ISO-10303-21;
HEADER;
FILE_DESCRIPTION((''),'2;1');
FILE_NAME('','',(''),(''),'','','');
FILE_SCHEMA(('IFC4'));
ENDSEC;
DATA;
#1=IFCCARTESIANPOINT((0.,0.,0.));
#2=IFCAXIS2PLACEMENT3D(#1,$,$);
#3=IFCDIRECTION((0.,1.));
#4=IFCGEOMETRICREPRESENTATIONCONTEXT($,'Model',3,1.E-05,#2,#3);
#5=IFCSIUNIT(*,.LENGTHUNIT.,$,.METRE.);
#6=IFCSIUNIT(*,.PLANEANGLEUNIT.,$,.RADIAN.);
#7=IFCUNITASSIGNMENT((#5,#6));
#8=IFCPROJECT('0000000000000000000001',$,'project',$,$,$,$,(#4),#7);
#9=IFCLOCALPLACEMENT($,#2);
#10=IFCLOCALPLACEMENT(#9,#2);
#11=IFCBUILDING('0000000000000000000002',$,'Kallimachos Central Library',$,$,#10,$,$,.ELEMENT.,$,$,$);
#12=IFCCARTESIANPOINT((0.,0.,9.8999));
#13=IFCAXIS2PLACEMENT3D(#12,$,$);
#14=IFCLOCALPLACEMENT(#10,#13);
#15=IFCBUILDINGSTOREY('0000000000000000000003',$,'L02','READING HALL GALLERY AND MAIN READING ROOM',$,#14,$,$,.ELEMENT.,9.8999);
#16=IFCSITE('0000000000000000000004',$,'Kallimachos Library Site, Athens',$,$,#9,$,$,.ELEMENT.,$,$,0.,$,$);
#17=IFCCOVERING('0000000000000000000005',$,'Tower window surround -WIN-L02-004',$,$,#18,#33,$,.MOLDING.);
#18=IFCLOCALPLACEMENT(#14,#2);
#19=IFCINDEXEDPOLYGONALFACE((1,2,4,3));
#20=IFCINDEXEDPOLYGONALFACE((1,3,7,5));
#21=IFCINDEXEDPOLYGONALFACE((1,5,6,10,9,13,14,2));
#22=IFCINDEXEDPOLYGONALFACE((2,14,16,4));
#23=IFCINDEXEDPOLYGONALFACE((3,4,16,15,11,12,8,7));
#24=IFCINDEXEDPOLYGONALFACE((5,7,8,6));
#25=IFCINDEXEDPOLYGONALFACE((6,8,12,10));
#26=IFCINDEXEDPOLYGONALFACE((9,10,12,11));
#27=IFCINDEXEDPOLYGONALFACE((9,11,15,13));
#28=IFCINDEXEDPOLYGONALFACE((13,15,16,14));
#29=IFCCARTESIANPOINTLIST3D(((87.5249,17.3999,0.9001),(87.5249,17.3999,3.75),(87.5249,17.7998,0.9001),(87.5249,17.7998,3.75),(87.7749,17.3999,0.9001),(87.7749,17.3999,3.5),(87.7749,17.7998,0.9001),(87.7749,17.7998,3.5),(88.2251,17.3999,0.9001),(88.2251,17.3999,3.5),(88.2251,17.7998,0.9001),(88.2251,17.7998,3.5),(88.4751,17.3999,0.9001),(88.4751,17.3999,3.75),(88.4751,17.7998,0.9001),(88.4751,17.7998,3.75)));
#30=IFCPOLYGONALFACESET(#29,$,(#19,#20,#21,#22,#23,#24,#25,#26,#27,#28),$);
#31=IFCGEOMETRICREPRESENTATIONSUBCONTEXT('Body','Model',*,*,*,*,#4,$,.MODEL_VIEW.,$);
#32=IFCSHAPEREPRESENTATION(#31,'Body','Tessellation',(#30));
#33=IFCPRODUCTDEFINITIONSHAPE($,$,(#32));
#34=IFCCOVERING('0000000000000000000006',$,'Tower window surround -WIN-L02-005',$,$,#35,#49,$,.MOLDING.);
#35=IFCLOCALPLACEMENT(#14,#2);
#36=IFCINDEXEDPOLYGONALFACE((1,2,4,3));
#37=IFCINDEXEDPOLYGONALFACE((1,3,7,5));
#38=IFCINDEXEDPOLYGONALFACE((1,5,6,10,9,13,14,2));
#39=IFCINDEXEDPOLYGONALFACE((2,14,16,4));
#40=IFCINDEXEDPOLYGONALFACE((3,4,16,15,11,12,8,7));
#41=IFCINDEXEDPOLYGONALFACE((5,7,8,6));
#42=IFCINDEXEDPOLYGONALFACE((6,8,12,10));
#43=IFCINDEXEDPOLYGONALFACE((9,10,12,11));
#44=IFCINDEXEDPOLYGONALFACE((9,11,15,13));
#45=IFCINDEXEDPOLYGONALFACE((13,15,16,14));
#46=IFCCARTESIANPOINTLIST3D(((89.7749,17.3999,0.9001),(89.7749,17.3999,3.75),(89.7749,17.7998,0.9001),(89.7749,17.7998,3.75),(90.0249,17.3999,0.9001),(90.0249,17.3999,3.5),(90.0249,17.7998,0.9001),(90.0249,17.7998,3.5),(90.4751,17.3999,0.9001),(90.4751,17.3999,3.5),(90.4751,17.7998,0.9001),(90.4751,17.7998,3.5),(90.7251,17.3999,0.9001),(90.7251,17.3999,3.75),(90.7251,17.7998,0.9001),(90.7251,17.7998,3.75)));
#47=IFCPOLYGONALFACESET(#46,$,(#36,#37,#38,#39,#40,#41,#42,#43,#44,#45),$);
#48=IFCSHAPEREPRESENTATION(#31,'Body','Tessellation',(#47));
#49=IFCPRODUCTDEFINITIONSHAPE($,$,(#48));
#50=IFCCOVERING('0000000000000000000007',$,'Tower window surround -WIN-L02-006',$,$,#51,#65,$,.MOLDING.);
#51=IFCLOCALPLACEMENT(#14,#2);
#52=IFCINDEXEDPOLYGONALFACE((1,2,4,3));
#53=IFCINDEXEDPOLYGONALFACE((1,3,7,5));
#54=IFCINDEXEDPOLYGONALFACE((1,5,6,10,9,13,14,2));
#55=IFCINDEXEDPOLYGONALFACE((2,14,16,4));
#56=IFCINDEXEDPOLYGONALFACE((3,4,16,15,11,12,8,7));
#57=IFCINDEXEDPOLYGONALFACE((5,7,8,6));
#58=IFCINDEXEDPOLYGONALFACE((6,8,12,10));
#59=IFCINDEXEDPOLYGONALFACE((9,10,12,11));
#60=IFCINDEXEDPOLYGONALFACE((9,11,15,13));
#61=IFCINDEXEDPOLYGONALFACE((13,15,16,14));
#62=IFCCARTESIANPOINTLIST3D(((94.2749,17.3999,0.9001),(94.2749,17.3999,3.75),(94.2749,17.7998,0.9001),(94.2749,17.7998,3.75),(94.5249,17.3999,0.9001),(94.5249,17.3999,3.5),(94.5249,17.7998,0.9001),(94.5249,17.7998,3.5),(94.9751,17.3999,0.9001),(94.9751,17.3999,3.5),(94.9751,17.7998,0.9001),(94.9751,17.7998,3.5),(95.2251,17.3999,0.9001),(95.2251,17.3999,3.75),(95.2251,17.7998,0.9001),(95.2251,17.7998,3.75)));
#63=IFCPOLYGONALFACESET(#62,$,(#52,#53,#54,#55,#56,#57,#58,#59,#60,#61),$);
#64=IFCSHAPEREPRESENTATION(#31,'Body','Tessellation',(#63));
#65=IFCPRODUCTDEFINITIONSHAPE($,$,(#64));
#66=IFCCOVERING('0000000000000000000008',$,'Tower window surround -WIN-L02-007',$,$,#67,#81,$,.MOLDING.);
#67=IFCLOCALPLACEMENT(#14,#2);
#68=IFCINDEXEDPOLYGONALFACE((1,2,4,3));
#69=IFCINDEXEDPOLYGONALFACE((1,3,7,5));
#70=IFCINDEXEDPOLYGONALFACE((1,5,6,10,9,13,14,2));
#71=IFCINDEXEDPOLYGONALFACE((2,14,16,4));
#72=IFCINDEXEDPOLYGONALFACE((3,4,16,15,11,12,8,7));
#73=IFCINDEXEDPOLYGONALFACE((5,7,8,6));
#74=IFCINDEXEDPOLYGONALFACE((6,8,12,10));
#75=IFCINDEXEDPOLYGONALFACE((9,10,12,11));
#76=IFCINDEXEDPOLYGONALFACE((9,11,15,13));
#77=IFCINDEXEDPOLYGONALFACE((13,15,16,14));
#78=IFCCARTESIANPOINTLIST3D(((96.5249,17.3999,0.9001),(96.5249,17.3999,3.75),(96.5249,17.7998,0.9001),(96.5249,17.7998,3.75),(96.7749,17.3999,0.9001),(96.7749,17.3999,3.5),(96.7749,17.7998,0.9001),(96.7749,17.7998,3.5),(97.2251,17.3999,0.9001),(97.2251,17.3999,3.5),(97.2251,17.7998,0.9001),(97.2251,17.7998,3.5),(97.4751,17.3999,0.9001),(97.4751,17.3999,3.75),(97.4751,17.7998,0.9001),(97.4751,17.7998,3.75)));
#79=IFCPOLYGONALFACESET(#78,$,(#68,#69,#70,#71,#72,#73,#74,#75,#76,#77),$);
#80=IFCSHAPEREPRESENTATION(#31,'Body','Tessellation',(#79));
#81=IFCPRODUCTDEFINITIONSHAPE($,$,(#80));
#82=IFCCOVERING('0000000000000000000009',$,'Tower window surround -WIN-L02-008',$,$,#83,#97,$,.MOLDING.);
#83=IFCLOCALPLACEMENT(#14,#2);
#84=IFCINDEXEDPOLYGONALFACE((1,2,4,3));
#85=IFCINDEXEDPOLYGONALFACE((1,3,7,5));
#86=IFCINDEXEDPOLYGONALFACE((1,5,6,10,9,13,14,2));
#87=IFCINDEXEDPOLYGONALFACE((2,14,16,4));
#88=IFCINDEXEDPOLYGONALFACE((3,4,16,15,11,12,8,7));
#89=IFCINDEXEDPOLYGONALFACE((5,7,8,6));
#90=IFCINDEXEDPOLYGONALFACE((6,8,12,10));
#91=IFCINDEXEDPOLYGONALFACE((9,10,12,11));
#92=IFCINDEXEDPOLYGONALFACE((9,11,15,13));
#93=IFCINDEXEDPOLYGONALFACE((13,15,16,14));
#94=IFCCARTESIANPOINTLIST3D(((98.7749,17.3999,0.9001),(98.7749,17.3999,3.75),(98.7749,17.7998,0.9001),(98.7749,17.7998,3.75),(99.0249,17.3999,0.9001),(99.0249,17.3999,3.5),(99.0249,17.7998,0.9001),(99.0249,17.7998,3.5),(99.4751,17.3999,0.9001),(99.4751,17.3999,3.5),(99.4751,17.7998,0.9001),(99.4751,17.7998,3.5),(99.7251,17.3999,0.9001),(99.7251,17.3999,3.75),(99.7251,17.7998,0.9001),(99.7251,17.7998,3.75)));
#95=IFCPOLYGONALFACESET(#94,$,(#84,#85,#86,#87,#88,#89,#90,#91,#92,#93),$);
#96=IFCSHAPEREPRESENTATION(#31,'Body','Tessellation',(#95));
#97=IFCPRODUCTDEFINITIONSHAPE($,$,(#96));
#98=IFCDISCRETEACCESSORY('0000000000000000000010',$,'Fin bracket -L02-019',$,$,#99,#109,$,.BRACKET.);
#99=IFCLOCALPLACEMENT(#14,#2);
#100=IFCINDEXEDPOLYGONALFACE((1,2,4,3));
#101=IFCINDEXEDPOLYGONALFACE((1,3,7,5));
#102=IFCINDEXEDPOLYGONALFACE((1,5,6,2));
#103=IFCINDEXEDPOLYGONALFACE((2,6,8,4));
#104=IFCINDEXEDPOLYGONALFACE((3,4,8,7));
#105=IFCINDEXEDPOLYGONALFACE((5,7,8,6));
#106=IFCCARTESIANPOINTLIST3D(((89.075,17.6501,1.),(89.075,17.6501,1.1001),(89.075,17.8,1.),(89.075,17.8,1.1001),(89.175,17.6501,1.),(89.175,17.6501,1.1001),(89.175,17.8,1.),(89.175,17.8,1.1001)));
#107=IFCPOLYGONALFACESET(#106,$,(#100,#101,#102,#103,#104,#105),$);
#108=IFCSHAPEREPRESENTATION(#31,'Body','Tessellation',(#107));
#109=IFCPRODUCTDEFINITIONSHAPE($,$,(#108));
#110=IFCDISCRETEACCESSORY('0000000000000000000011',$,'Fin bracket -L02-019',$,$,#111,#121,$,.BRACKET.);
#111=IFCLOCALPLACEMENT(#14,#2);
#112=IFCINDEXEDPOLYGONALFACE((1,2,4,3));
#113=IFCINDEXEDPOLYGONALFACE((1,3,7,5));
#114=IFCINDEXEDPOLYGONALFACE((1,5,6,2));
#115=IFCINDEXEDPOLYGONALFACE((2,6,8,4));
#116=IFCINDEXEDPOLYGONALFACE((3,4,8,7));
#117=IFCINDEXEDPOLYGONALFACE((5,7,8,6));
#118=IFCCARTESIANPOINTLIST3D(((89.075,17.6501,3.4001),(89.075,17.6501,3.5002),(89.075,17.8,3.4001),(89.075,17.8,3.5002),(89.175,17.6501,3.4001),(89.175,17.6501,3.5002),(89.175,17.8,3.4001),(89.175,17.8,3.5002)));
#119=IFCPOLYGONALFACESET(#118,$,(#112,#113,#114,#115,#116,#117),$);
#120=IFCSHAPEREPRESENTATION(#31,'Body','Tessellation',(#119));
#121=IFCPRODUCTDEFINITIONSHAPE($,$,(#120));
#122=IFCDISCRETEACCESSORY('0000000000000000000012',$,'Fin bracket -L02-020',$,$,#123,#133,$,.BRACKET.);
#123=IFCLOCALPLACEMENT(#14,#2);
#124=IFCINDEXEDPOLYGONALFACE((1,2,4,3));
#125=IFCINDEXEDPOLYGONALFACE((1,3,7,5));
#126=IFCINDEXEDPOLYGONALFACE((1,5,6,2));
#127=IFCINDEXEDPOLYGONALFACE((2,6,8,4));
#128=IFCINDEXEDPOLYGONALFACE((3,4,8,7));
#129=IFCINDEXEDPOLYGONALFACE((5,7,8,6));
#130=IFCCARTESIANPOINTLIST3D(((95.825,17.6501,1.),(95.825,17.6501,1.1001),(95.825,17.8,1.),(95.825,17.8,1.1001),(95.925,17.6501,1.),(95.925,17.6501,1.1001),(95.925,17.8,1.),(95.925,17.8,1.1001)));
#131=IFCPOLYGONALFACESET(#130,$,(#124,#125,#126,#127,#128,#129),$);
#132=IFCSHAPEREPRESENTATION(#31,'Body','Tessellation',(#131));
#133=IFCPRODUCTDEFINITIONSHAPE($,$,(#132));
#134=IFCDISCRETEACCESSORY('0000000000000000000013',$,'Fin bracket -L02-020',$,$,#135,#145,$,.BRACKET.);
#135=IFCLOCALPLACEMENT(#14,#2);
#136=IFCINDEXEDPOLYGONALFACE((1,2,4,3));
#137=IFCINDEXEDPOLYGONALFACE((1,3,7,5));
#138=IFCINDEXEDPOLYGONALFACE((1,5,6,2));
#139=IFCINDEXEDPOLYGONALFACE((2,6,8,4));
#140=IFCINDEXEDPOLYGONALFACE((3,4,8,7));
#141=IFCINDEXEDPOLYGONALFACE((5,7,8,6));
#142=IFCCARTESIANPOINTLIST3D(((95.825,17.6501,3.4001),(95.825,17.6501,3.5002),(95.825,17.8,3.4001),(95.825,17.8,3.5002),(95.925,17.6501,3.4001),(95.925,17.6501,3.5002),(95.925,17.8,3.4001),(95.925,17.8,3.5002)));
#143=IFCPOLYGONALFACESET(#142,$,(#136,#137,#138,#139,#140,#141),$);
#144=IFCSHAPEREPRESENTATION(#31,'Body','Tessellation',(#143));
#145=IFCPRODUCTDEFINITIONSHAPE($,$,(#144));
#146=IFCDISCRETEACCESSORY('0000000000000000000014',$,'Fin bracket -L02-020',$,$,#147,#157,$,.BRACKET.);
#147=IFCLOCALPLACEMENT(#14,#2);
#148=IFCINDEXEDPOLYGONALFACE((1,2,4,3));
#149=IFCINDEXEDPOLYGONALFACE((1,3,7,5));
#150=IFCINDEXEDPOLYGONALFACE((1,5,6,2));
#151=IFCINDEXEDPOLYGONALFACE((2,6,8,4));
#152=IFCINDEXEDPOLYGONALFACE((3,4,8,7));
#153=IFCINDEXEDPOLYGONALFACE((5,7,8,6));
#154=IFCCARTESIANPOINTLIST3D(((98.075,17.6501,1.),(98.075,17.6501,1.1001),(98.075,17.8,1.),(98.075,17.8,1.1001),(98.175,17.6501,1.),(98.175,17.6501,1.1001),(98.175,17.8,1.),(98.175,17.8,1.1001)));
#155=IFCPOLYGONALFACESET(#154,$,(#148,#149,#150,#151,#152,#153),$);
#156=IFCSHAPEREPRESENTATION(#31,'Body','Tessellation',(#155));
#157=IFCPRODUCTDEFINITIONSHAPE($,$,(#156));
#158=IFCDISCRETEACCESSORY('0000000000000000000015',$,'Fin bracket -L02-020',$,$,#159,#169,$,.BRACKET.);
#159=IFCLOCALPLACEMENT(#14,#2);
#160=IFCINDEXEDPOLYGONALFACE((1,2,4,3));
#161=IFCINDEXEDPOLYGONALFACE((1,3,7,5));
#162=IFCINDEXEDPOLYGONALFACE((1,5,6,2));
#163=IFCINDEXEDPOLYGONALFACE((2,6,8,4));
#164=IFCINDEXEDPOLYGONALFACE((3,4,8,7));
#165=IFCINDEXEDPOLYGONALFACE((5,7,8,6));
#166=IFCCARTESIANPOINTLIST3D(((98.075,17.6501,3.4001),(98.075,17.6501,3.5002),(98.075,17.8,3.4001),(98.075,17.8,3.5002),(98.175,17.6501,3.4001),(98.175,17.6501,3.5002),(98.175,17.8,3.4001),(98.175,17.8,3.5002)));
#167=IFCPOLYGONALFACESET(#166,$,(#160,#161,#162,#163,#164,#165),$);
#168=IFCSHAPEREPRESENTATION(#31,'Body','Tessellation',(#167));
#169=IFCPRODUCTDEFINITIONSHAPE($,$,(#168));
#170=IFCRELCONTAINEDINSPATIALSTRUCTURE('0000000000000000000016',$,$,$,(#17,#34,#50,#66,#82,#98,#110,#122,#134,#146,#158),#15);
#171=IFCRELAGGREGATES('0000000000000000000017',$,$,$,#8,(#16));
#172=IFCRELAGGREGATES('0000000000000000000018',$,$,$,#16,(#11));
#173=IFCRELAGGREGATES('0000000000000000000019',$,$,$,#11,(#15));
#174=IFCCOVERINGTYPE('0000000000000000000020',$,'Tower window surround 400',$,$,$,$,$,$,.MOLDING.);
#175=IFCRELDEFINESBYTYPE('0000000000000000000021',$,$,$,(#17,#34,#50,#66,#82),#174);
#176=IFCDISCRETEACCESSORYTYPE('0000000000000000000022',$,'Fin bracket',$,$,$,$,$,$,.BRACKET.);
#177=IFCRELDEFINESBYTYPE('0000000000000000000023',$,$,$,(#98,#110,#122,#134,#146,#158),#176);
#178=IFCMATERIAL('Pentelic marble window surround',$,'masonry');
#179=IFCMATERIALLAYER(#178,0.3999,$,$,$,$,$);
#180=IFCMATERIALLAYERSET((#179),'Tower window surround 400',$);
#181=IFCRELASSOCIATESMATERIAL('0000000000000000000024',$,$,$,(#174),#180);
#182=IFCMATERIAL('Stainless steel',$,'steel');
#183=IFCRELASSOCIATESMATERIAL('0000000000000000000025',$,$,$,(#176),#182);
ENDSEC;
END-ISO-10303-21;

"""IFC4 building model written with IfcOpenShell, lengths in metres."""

from ifc_helpers import new_model, si_unit, direction, frame, origin, origin_2d, place, context, subcontext, project, spatial, polyline, rectangle, outline, extrude, material, layer, layer_set, type_object, element, save


model = new_model("IFC4")

# Units and contexts
model_context = context("Model", 3, precision=1e-05, world=origin(), true_north=direction((0.0, 1.0)))
body_context = subcontext(model_context, "Body", "Model", "MODEL_VIEW")
ifc_project = project(units=[si_unit("LENGTHUNIT", "METRE"), si_unit("PLANEANGLEUNIT", "RADIAN")], contexts=[model_context])

# Site, building, storey
site_placement = place(None, origin())
site = spatial("IfcSite", under=ifc_project, at=site_placement, Name="Kallimachos Library Site, Athens", CompositionType="ELEMENT", RefElevation=0.0)
building_placement = place(site_placement, origin())
building = spatial("IfcBuilding", under=site, at=building_placement, Name="Kallimachos Central Library", CompositionType="ELEMENT")
storey_placement = place(building_placement, frame((0.0, 0.0, 9.8999)))
storey = spatial("IfcBuildingStorey", under=building, at=storey_placement, Name="L02", Description="READING HALL GALLERY AND MAIN READING ROOM", CompositionType="ELEMENT", Elevation=9.8999)

# Coverings
ifc_material_1 = material(Name="Pentelic marble window surround", Category="masonry")
ifc_layer_1 = layer(ifc_material_1, 0.3999)
ifc_layer_set_1 = layer_set([ifc_layer_1], Name="Tower window surround 400")
covering_type_1 = type_object("IfcCoveringType", Name="Tower window surround 400", PredefinedType="MOLDING", material=ifc_layer_set_1)
for number, where, z_axis, x_axis, name in (
    (1, (87.7749, 17.3999, 0.9001), (0.0, -1.0, 0.0), (0.0, 0.0, 1.0), "Tower window surround -WIN-L02-004"),
    (2, (90.0249, 17.3999, 0.9001), (0.0, -1.0, 0.0), (0.0, 0.0, 1.0), "Tower window surround -WIN-L02-005"),
    (3, (94.5249, 17.3999, 0.9001), (0.0, -1.0, 0.0), (0.0, 0.0, 1.0), "Tower window surround -WIN-L02-006"),
    (4, (96.7749, 17.3999, 0.9001), (0.0, -1.0, 0.0), (0.0, 0.0, 1.0), "Tower window surround -WIN-L02-007"),
    (5, (99.0249, 17.3999, 0.9001), (0.0, -1.0, 0.0), (0.0, 0.0, 1.0), "Tower window surround -WIN-L02-008"),
):
    element("IfcCovering", number, at=place(storey_placement, frame(where, z_axis=z_axis, x_axis=x_axis)), inside=storey, type_object=covering_type_1, Name=name, PredefinedType="MOLDING", context=body_context, shape_type="SweptSolid", body=[
        extrude(outline(polyline([(0.0, 0.0), (2.5999, 0.0), (2.5999, -0.4502), (0.0, -0.4502), (0.0, -0.7002), (2.8499, -0.7002), (2.8499, 0.25), (0.0, 0.25), (0.0, 0.0)])), origin(), (0.0, 0.0, -1.0), 0.3999),
    ])

# Discrete accessories
ifc_material_2 = material(Name="Stainless steel", Category="steel")
discrete_accessory_type = type_object("IfcDiscreteAccessoryType", Name="Fin bracket", PredefinedType="BRACKET", material=ifc_material_2)
for number, where, z_axis, x_axis, name in (
    (6, (89.125, 17.7251, 1.0), (0.0, 0.0, 1.0), (1.0, 0.0, 0.0), "Fin bracket -L02-019"),
    (7, (89.125, 17.7251, 3.4001), (0.0, 0.0, 1.0), (1.0, 0.0, 0.0), "Fin bracket -L02-019"),
    (8, (95.875, 17.7251, 1.0), (0.0, 0.0, 1.0), (1.0, 0.0, 0.0), "Fin bracket -L02-020"),
    (9, (95.875, 17.7251, 3.4001), (0.0, 0.0, 1.0), (1.0, 0.0, 0.0), "Fin bracket -L02-020"),
    (10, (98.125, 17.7251, 1.0), (0.0, 0.0, 1.0), (1.0, 0.0, 0.0), "Fin bracket -L02-020"),
    (11, (98.125, 17.7251, 3.4001), (0.0, 0.0, 1.0), (1.0, 0.0, 0.0), "Fin bracket -L02-020"),
):
    element("IfcDiscreteAccessory", number, at=place(storey_placement, frame(where, z_axis=z_axis, x_axis=x_axis)), inside=storey, type_object=discrete_accessory_type, Name=name, PredefinedType="BRACKET", context=body_context, shape_type="SweptSolid", body=[
        extrude(rectangle(XDim=0.1001, YDim=0.1499, at=origin_2d()), origin(), (0.0, 0.0, 1.0), 0.1001),
    ])

save(model, "model.ifc")
